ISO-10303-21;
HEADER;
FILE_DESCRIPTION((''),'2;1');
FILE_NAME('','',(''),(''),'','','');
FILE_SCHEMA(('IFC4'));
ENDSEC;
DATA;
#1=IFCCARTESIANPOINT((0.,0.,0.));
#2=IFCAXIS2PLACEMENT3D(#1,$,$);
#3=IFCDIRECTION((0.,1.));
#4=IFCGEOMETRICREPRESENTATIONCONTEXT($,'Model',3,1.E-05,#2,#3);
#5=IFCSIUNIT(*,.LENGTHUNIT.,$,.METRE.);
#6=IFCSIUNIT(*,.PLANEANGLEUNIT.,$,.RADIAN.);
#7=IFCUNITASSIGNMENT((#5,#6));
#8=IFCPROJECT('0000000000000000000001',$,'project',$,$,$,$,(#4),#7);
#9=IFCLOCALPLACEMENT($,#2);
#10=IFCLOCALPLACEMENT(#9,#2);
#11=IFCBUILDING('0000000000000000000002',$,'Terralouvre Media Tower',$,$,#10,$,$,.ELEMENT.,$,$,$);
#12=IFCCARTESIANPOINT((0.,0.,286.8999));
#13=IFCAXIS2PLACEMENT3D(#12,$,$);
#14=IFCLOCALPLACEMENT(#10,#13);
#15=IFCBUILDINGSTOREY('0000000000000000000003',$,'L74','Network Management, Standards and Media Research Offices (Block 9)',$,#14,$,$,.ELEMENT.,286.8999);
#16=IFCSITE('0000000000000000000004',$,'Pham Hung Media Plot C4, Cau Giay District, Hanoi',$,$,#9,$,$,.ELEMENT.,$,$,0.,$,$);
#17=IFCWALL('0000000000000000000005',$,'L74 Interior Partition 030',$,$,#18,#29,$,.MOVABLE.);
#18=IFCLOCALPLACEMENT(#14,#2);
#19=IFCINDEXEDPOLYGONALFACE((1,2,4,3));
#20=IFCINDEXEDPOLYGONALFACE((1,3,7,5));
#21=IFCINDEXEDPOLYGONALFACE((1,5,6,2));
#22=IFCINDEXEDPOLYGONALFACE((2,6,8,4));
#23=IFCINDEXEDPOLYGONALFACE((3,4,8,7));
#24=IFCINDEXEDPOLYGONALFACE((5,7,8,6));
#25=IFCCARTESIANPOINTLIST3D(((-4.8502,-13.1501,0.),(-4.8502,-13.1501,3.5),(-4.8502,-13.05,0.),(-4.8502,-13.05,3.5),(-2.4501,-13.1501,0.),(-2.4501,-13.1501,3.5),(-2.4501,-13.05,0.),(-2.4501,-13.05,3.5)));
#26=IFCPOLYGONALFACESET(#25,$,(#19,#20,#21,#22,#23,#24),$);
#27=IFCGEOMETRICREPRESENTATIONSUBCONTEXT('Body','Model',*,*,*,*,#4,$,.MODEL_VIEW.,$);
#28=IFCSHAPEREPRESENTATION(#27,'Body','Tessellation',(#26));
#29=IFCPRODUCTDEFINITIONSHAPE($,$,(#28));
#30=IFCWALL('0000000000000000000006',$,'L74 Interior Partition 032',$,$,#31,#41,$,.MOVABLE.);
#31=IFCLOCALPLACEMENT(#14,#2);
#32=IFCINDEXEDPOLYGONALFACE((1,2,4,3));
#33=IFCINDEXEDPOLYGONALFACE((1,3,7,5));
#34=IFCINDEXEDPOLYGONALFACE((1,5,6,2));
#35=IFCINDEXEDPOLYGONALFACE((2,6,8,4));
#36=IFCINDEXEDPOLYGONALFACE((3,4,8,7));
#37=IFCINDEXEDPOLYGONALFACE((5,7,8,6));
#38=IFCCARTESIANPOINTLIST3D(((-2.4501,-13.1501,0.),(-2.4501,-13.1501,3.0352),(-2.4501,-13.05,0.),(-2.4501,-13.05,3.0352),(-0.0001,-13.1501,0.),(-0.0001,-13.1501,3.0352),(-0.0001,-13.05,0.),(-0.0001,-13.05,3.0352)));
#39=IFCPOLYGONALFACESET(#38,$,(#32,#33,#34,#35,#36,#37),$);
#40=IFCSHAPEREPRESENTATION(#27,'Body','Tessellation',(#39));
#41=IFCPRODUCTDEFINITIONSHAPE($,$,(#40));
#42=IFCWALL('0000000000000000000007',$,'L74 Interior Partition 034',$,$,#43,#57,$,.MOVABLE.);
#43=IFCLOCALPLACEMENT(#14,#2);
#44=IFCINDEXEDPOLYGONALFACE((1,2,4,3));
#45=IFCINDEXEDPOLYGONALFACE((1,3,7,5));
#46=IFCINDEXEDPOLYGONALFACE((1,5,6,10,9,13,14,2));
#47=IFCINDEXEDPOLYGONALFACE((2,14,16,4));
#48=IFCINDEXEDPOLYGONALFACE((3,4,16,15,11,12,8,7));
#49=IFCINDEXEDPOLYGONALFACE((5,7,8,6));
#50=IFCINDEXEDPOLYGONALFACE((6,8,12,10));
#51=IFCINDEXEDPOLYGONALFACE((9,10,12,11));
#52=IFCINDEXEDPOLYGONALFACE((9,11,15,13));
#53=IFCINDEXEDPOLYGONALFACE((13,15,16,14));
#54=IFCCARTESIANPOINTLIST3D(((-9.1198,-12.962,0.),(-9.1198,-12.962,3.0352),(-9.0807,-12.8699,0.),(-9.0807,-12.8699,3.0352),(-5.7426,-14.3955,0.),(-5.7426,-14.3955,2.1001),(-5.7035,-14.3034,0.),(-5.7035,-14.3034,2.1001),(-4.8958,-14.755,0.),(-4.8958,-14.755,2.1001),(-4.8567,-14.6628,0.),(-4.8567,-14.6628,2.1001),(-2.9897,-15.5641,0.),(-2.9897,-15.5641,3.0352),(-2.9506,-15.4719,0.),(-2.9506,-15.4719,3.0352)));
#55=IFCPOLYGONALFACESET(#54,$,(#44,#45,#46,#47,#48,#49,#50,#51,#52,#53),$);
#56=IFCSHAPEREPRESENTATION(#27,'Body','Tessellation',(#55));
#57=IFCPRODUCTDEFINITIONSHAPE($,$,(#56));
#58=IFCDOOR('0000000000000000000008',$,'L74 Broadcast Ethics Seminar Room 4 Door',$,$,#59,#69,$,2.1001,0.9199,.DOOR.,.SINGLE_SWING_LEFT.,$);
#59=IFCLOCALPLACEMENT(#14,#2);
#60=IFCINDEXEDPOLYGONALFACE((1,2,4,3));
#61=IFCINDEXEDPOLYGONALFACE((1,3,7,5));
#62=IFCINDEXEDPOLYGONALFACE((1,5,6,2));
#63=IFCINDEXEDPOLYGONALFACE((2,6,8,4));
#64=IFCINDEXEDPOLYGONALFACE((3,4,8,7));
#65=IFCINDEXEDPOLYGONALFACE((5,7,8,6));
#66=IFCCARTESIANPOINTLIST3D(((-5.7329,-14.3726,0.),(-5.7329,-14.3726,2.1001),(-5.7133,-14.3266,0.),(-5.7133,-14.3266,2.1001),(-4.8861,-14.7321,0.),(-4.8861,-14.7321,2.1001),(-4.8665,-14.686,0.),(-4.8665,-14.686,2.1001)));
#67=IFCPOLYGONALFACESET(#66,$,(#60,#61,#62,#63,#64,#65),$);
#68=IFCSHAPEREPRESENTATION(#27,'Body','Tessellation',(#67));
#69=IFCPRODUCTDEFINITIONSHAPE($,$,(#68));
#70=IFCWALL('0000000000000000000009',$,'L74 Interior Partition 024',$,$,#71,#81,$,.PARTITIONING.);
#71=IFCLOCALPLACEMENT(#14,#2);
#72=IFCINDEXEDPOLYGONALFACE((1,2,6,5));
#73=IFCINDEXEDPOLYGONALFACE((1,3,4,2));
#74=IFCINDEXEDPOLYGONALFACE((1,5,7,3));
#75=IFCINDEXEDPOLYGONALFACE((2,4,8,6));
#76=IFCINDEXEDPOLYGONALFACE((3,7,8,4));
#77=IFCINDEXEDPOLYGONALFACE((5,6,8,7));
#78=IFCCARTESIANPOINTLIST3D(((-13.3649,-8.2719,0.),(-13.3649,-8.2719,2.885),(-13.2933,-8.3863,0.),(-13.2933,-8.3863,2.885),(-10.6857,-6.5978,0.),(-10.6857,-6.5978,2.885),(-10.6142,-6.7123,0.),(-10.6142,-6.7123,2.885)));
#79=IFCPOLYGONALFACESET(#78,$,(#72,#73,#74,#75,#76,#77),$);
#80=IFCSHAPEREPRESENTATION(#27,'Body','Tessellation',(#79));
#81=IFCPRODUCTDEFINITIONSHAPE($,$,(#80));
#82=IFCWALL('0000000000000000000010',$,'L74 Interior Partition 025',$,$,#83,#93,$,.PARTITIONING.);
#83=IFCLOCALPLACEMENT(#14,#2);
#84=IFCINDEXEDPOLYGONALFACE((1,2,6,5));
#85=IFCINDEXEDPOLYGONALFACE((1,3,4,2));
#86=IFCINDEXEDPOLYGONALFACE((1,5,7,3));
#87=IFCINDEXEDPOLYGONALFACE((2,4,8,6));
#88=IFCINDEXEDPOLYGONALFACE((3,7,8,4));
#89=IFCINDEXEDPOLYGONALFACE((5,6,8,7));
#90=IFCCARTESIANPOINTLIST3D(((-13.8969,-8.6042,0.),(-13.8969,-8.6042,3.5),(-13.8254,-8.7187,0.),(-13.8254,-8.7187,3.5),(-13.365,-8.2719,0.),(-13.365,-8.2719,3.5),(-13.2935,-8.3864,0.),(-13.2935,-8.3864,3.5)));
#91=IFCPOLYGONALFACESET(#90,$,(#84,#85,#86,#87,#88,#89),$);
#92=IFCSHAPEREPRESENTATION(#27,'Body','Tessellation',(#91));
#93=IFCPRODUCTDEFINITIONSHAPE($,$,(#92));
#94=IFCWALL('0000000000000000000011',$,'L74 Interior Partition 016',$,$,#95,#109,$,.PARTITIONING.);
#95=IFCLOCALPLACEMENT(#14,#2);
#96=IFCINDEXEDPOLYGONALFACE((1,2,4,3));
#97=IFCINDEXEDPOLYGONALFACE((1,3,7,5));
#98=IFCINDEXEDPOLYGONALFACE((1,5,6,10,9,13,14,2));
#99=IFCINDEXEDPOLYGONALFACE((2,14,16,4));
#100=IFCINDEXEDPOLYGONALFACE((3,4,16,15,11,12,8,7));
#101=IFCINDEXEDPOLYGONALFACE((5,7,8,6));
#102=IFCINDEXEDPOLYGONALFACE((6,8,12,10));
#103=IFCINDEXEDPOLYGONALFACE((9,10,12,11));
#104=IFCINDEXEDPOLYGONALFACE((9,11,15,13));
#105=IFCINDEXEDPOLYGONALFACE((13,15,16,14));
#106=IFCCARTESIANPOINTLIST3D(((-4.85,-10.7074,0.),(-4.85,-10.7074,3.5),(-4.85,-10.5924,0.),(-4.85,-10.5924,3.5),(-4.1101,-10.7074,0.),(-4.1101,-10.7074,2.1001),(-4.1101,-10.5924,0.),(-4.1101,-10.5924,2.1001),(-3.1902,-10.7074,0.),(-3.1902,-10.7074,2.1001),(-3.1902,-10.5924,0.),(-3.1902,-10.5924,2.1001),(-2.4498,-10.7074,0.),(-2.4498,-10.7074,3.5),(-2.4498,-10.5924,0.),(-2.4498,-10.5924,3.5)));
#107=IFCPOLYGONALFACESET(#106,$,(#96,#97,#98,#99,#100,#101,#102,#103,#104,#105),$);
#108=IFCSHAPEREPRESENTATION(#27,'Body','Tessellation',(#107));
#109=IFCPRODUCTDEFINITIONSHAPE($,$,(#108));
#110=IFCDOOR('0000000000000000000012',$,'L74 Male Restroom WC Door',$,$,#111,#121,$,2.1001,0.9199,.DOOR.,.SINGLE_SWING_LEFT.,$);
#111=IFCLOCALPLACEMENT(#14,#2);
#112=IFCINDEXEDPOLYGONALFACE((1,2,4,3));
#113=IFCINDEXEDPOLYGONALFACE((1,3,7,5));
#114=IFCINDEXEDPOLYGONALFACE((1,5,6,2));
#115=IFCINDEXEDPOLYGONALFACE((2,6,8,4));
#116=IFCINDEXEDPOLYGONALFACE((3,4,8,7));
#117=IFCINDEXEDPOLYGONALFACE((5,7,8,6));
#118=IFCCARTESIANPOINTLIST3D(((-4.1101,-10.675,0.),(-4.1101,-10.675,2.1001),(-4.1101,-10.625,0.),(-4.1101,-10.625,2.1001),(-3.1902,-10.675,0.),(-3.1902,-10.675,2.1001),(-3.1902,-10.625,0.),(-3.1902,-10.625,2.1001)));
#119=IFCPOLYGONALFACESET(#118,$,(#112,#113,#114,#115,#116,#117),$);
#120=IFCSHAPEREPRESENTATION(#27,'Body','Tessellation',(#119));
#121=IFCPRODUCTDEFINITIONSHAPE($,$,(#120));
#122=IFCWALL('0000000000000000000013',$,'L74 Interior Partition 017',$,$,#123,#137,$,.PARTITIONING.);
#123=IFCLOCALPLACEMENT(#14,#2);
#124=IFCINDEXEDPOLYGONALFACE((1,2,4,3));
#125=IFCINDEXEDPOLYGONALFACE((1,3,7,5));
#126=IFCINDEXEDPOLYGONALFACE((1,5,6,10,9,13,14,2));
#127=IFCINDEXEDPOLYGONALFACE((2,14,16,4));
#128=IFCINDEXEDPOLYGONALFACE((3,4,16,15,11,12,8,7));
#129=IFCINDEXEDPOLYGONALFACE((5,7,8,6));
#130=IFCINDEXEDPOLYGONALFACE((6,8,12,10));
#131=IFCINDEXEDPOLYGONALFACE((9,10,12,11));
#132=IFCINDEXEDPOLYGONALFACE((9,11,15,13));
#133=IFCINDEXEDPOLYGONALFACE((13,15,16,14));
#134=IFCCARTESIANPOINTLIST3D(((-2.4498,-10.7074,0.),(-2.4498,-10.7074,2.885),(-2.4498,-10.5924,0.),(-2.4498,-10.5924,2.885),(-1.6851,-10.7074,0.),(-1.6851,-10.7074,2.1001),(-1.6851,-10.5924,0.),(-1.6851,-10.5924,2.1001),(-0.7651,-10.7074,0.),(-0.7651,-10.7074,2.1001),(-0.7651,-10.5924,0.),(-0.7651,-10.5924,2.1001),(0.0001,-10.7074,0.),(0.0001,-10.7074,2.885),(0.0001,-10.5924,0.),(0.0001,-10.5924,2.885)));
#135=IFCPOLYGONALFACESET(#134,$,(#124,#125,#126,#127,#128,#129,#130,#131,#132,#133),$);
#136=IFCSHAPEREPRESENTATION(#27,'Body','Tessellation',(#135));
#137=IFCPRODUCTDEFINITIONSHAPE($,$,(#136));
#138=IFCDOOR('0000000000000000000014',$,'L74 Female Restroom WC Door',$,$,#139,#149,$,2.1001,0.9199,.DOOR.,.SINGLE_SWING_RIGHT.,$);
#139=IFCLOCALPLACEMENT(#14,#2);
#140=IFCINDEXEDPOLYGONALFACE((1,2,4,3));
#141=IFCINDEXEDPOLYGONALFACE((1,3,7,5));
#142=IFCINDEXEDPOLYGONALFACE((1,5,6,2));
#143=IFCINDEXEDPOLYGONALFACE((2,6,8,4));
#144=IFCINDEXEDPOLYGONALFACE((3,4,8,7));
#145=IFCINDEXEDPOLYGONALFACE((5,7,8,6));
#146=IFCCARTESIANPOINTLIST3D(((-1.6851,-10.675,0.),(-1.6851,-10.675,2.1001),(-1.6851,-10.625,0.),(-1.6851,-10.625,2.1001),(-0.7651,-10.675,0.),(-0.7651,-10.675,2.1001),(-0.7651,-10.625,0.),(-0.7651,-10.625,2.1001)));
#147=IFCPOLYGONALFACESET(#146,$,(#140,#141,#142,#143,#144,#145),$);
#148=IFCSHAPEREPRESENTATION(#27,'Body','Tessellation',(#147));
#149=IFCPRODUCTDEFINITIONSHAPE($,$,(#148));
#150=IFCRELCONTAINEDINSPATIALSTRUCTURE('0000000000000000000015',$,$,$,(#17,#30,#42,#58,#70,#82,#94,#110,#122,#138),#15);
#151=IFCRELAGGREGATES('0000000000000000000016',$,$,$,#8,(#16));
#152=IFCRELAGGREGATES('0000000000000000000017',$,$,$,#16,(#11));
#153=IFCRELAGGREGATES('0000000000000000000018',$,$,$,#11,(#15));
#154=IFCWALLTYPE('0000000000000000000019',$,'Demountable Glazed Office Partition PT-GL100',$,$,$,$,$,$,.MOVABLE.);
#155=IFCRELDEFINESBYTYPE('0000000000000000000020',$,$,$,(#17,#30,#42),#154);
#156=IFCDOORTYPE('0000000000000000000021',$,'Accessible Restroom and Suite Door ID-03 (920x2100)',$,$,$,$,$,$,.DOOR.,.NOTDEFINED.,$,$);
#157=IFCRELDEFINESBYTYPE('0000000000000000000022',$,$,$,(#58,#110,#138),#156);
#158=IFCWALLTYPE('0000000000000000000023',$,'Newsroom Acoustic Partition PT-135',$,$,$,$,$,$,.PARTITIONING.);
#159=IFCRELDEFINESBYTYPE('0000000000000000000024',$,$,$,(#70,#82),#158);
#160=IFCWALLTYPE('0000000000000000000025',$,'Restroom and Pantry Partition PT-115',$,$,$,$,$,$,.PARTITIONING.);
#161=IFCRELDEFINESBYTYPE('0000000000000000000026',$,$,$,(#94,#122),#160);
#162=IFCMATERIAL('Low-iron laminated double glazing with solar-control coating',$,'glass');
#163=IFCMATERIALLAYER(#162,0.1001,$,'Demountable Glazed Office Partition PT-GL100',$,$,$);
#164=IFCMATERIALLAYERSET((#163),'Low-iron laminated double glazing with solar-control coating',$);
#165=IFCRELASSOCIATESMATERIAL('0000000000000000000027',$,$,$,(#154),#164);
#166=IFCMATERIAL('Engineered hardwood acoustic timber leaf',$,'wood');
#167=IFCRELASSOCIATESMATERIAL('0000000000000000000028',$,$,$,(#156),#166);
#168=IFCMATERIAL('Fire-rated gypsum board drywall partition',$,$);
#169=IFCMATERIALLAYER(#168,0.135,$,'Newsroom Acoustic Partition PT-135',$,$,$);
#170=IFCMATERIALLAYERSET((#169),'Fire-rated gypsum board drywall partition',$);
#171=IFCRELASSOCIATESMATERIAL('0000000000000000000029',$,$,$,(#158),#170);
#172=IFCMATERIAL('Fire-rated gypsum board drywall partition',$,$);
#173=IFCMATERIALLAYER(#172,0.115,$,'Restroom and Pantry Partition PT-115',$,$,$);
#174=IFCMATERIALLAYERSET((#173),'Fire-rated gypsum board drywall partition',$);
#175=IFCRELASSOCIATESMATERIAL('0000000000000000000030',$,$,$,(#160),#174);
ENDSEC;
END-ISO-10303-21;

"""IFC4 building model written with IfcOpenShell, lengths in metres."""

from ifc_helpers import new_model, si_unit, direction, frame, frame_2d, origin, place, context, subcontext, project, spatial, rectangle, extrude, material, layer, layer_set, type_object, element, fill, save


model = new_model("IFC4")

# Units and contexts
model_context = context("Model", 3, precision=1e-05, world=origin(), true_north=direction((0.0, 1.0)))
body_context = subcontext(model_context, "Body", "Model", "MODEL_VIEW")
ifc_project = project(units=[si_unit("LENGTHUNIT", "METRE"), si_unit("PLANEANGLEUNIT", "RADIAN")], contexts=[model_context])

# Site, building, storey
site_placement = place(None, origin())
site = spatial("IfcSite", under=ifc_project, at=site_placement, Name="Pham Hung Media Plot C4, Cau Giay District, Hanoi", CompositionType="ELEMENT", RefElevation=0.0)
building_placement = place(site_placement, origin())
building = spatial("IfcBuilding", under=site, at=building_placement, Name="Terralouvre Media Tower", CompositionType="ELEMENT")
storey_placement = place(building_placement, frame((0.0, 0.0, 286.8999)))
storey = spatial("IfcBuildingStorey", under=building, at=storey_placement, Name="L74", Description="Network Management, Standards and Media Research Offices (Block 9)", CompositionType="ELEMENT", Elevation=286.8999)

# Shared definitions
ifc_material_1 = material(Name="Low-iron laminated double glazing with solar-control coating", Category="glass")
ifc_layer_1 = layer(ifc_material_1, 0.1001, Name="Demountable Glazed Office Partition PT-GL100")
ifc_layer_set_1 = layer_set([ifc_layer_1], Name="Low-iron laminated double glazing with solar-control coating")
wall_type_1 = type_object("IfcWallType", Name="Demountable Glazed Office Partition PT-GL100", PredefinedType="MOVABLE", material=ifc_layer_set_1)

# Shared definitions
ifc_material_2 = material(Name="Engineered hardwood acoustic timber leaf", Category="wood")
door_type = type_object("IfcDoorType", Name="Accessible Restroom and Suite Door ID-03 (920x2100)", OperationType="NOTDEFINED", PredefinedType="DOOR", material=ifc_material_2)

# Walls
wall_1_placement = place(storey_placement, frame((-2.45, -13.1001, 0.0), z_axis=(0.0, 0.0, 1.0), x_axis=(-1.0, 0.0, 0.0)))
element("IfcWall", 1, at=wall_1_placement, inside=storey, type_object=wall_type_1, Name="L74 Interior Partition 030", PredefinedType="MOVABLE", context=body_context, shape_type="SweptSolid", body=[
    extrude(rectangle(XDim=2.4001, YDim=0.1001, at=frame_2d((1.2002, 0.0))), origin(), (0.0, 0.0, 1.0), 3.5),
])
wall_2_placement = place(storey_placement, frame((0.0, -13.1001, 0.0), z_axis=(0.0, 0.0, 1.0), x_axis=(-1.0, 0.0, 0.0)))
element("IfcWall", 2, at=wall_2_placement, inside=storey, type_object=wall_type_1, Name="L74 Interior Partition 032", PredefinedType="MOVABLE", context=body_context, shape_type="SweptSolid", body=[
    extrude(rectangle(XDim=2.45, YDim=0.1001, at=frame_2d((1.2251, 0.0))), origin(), (0.0, 0.0, 1.0), 3.0352),
])

# Wall, opening, door
wall_3_placement = place(storey_placement, frame((-9.1001, -12.916, 0.0), z_axis=(0.0, 0.0, 1.0), x_axis=(0.920507, -0.390727, 0.0)))
wall_3 = element("IfcWall", 3, at=wall_3_placement, inside=storey, type_object=wall_type_1, Name="L74 Interior Partition 034", PredefinedType="MOVABLE", context=body_context, shape_type="SweptSolid", body=[
    extrude(rectangle(XDim=6.6594, YDim=0.1001, at=frame_2d((3.3296, 0.0))), origin(), (0.0, 0.0, 1.0), 3.0352),
])
opening_1_placement = place(wall_3_placement, frame((3.6687, 0.0, 0.0)))
opening_1 = element("IfcOpeningElement", 4, at=opening_1_placement, cuts=wall_3, PredefinedType="OPENING", context=body_context, shape_type="SweptSolid", body=[
    extrude(rectangle(XDim=0.9199, YDim=2.1001, at=frame_2d((0.46, 1.05))), frame((0.0, 0.0601, 0.0), z_axis=(0.0, -1.0, 0.0), x_axis=(1.0, 0.0, 0.0)), (0.0, 0.0, 1.0), 0.1201),
])
door_1_placement = place(opening_1_placement, origin())
door_1 = element("IfcDoor", 5, at=door_1_placement, inside=storey, type_object=door_type, Name="L74 Broadcast Ethics Seminar Room 4 Door", OperationType="SINGLE_SWING_LEFT", OverallHeight=2.1001, OverallWidth=0.9199, PredefinedType="DOOR", context=body_context, shape_type="SweptSolid", body=[
    extrude(rectangle(XDim=0.9199, YDim=2.1001, at=frame_2d((0.46, 1.05))), frame((0.0, 0.0249, 0.0), z_axis=(0.0, -1.0, 0.0), x_axis=(1.0, 0.0, 0.0)), (0.0, 0.0, 1.0), 0.05),
])
fill(opening_1, door_1)

# Walls
ifc_material_3 = material(Name="Fire-rated gypsum board drywall partition")
ifc_layer_2 = layer(ifc_material_3, 0.135, Name="Newsroom Acoustic Partition PT-135")
ifc_layer_set_2 = layer_set([ifc_layer_2], Name="Fire-rated gypsum board drywall partition")
wall_type_2 = type_object("IfcWallType", Name="Newsroom Acoustic Partition PT-135", PredefinedType="PARTITIONING", material=ifc_layer_set_2)
wall_4_placement = place(storey_placement, frame((-13.3291, -8.3291, 0.0), z_axis=(0.0, 0.0, 1.0), x_axis=(0.848059, 0.529902, 0.0)))
element("IfcWall", 6, at=wall_4_placement, inside=storey, type_object=wall_type_2, Name="L74 Interior Partition 024", PredefinedType="PARTITIONING", context=body_context, shape_type="SweptSolid", body=[
    extrude(rectangle(XDim=3.1592, YDim=0.135, at=frame_2d((1.5796, 0.0))), origin(), (0.0, 0.0, 1.0), 2.885),
])
wall_5_placement = place(storey_placement, frame((-13.8611, -8.6614, 0.0), z_axis=(0.0, 0.0, 1.0), x_axis=(0.848151, 0.529754, 0.0)))
element("IfcWall", 7, at=wall_5_placement, inside=storey, type_object=wall_type_2, Name="L74 Interior Partition 025", PredefinedType="PARTITIONING", context=body_context, shape_type="SweptSolid", body=[
    extrude(rectangle(XDim=0.6272, YDim=0.135, at=frame_2d((0.3135, 0.0))), origin(), (0.0, 0.0, 1.0), 3.5),
])

# Walls, openings, doors
ifc_material_4 = material(Name="Fire-rated gypsum board drywall partition")
ifc_layer_3 = layer(ifc_material_4, 0.115, Name="Restroom and Pantry Partition PT-115")
ifc_layer_set_3 = layer_set([ifc_layer_3], Name="Fire-rated gypsum board drywall partition")
wall_type_3 = type_object("IfcWallType", Name="Restroom and Pantry Partition PT-115", PredefinedType="PARTITIONING", material=ifc_layer_set_3)
wall_6_placement = place(storey_placement, frame((-4.8501, -10.6499, 0.0), z_axis=(0.0, 0.0, 1.0), x_axis=(1.0, 0.0, 0.0)))
wall_6 = element("IfcWall", 8, at=wall_6_placement, inside=storey, type_object=wall_type_3, Name="L74 Interior Partition 016", PredefinedType="PARTITIONING", context=body_context, shape_type="SweptSolid", body=[
    extrude(rectangle(XDim=2.4001, YDim=0.115, at=frame_2d((1.2002, 0.0))), origin(), (0.0, 0.0, 1.0), 3.5),
])
opening_2_placement = place(wall_6_placement, frame((0.74, 0.0, 0.0)))
opening_2 = element("IfcOpeningElement", 9, at=opening_2_placement, cuts=wall_6, PredefinedType="OPENING", context=body_context, shape_type="SweptSolid", body=[
    extrude(rectangle(XDim=0.9199, YDim=2.1001, at=frame_2d((0.46, 1.05))), frame((0.0, 0.0674, 0.0), z_axis=(0.0, -1.0, 0.0), x_axis=(1.0, 0.0, 0.0)), (0.0, 0.0, 1.0), 0.135),
])
door_2_placement = place(opening_2_placement, origin())
door_2 = element("IfcDoor", 10, at=door_2_placement, inside=storey, type_object=door_type, Name="L74 Male Restroom WC Door", OperationType="SINGLE_SWING_LEFT", OverallHeight=2.1001, OverallWidth=0.9199, PredefinedType="DOOR", context=body_context, shape_type="SweptSolid", body=[
    extrude(rectangle(XDim=0.9199, YDim=2.1001, at=frame_2d((0.46, 1.05))), frame((0.0, 0.0249, 0.0), z_axis=(0.0, -1.0, 0.0), x_axis=(1.0, 0.0, 0.0)), (0.0, 0.0, 1.0), 0.05),
])
fill(opening_2, door_2)
wall_7_placement = place(storey_placement, frame((-2.45, -10.6499, 0.0), z_axis=(0.0, 0.0, 1.0), x_axis=(1.0, 0.0, 0.0)))
wall_7 = element("IfcWall", 11, at=wall_7_placement, inside=storey, type_object=wall_type_3, Name="L74 Interior Partition 017", PredefinedType="PARTITIONING", context=body_context, shape_type="SweptSolid", body=[
    extrude(rectangle(XDim=2.45, YDim=0.115, at=frame_2d((1.2251, 0.0))), origin(), (0.0, 0.0, 1.0), 2.885),
])
opening_3_placement = place(wall_7_placement, frame((0.7649, 0.0, 0.0)))
opening_3 = element("IfcOpeningElement", 12, at=opening_3_placement, cuts=wall_7, PredefinedType="OPENING", context=body_context, shape_type="SweptSolid", body=[
    extrude(rectangle(XDim=0.9199, YDim=2.1001, at=frame_2d((0.46, 1.05))), frame((0.0, 0.0674, 0.0), z_axis=(0.0, -1.0, 0.0), x_axis=(1.0, 0.0, 0.0)), (0.0, 0.0, 1.0), 0.135),
])
door_3_placement = place(opening_3_placement, origin())
door_3 = element("IfcDoor", 13, at=door_3_placement, inside=storey, type_object=door_type, Name="L74 Female Restroom WC Door", OperationType="SINGLE_SWING_RIGHT", OverallHeight=2.1001, OverallWidth=0.9199, PredefinedType="DOOR", context=body_context, shape_type="SweptSolid", body=[
    extrude(rectangle(XDim=0.9199, YDim=2.1001, at=frame_2d((0.46, 1.05))), frame((0.0, 0.0249, 0.0), z_axis=(0.0, -1.0, 0.0), x_axis=(1.0, 0.0, 0.0)), (0.0, 0.0, 1.0), 0.05),
])
fill(opening_3, door_3)

save(model, "model.ifc")
